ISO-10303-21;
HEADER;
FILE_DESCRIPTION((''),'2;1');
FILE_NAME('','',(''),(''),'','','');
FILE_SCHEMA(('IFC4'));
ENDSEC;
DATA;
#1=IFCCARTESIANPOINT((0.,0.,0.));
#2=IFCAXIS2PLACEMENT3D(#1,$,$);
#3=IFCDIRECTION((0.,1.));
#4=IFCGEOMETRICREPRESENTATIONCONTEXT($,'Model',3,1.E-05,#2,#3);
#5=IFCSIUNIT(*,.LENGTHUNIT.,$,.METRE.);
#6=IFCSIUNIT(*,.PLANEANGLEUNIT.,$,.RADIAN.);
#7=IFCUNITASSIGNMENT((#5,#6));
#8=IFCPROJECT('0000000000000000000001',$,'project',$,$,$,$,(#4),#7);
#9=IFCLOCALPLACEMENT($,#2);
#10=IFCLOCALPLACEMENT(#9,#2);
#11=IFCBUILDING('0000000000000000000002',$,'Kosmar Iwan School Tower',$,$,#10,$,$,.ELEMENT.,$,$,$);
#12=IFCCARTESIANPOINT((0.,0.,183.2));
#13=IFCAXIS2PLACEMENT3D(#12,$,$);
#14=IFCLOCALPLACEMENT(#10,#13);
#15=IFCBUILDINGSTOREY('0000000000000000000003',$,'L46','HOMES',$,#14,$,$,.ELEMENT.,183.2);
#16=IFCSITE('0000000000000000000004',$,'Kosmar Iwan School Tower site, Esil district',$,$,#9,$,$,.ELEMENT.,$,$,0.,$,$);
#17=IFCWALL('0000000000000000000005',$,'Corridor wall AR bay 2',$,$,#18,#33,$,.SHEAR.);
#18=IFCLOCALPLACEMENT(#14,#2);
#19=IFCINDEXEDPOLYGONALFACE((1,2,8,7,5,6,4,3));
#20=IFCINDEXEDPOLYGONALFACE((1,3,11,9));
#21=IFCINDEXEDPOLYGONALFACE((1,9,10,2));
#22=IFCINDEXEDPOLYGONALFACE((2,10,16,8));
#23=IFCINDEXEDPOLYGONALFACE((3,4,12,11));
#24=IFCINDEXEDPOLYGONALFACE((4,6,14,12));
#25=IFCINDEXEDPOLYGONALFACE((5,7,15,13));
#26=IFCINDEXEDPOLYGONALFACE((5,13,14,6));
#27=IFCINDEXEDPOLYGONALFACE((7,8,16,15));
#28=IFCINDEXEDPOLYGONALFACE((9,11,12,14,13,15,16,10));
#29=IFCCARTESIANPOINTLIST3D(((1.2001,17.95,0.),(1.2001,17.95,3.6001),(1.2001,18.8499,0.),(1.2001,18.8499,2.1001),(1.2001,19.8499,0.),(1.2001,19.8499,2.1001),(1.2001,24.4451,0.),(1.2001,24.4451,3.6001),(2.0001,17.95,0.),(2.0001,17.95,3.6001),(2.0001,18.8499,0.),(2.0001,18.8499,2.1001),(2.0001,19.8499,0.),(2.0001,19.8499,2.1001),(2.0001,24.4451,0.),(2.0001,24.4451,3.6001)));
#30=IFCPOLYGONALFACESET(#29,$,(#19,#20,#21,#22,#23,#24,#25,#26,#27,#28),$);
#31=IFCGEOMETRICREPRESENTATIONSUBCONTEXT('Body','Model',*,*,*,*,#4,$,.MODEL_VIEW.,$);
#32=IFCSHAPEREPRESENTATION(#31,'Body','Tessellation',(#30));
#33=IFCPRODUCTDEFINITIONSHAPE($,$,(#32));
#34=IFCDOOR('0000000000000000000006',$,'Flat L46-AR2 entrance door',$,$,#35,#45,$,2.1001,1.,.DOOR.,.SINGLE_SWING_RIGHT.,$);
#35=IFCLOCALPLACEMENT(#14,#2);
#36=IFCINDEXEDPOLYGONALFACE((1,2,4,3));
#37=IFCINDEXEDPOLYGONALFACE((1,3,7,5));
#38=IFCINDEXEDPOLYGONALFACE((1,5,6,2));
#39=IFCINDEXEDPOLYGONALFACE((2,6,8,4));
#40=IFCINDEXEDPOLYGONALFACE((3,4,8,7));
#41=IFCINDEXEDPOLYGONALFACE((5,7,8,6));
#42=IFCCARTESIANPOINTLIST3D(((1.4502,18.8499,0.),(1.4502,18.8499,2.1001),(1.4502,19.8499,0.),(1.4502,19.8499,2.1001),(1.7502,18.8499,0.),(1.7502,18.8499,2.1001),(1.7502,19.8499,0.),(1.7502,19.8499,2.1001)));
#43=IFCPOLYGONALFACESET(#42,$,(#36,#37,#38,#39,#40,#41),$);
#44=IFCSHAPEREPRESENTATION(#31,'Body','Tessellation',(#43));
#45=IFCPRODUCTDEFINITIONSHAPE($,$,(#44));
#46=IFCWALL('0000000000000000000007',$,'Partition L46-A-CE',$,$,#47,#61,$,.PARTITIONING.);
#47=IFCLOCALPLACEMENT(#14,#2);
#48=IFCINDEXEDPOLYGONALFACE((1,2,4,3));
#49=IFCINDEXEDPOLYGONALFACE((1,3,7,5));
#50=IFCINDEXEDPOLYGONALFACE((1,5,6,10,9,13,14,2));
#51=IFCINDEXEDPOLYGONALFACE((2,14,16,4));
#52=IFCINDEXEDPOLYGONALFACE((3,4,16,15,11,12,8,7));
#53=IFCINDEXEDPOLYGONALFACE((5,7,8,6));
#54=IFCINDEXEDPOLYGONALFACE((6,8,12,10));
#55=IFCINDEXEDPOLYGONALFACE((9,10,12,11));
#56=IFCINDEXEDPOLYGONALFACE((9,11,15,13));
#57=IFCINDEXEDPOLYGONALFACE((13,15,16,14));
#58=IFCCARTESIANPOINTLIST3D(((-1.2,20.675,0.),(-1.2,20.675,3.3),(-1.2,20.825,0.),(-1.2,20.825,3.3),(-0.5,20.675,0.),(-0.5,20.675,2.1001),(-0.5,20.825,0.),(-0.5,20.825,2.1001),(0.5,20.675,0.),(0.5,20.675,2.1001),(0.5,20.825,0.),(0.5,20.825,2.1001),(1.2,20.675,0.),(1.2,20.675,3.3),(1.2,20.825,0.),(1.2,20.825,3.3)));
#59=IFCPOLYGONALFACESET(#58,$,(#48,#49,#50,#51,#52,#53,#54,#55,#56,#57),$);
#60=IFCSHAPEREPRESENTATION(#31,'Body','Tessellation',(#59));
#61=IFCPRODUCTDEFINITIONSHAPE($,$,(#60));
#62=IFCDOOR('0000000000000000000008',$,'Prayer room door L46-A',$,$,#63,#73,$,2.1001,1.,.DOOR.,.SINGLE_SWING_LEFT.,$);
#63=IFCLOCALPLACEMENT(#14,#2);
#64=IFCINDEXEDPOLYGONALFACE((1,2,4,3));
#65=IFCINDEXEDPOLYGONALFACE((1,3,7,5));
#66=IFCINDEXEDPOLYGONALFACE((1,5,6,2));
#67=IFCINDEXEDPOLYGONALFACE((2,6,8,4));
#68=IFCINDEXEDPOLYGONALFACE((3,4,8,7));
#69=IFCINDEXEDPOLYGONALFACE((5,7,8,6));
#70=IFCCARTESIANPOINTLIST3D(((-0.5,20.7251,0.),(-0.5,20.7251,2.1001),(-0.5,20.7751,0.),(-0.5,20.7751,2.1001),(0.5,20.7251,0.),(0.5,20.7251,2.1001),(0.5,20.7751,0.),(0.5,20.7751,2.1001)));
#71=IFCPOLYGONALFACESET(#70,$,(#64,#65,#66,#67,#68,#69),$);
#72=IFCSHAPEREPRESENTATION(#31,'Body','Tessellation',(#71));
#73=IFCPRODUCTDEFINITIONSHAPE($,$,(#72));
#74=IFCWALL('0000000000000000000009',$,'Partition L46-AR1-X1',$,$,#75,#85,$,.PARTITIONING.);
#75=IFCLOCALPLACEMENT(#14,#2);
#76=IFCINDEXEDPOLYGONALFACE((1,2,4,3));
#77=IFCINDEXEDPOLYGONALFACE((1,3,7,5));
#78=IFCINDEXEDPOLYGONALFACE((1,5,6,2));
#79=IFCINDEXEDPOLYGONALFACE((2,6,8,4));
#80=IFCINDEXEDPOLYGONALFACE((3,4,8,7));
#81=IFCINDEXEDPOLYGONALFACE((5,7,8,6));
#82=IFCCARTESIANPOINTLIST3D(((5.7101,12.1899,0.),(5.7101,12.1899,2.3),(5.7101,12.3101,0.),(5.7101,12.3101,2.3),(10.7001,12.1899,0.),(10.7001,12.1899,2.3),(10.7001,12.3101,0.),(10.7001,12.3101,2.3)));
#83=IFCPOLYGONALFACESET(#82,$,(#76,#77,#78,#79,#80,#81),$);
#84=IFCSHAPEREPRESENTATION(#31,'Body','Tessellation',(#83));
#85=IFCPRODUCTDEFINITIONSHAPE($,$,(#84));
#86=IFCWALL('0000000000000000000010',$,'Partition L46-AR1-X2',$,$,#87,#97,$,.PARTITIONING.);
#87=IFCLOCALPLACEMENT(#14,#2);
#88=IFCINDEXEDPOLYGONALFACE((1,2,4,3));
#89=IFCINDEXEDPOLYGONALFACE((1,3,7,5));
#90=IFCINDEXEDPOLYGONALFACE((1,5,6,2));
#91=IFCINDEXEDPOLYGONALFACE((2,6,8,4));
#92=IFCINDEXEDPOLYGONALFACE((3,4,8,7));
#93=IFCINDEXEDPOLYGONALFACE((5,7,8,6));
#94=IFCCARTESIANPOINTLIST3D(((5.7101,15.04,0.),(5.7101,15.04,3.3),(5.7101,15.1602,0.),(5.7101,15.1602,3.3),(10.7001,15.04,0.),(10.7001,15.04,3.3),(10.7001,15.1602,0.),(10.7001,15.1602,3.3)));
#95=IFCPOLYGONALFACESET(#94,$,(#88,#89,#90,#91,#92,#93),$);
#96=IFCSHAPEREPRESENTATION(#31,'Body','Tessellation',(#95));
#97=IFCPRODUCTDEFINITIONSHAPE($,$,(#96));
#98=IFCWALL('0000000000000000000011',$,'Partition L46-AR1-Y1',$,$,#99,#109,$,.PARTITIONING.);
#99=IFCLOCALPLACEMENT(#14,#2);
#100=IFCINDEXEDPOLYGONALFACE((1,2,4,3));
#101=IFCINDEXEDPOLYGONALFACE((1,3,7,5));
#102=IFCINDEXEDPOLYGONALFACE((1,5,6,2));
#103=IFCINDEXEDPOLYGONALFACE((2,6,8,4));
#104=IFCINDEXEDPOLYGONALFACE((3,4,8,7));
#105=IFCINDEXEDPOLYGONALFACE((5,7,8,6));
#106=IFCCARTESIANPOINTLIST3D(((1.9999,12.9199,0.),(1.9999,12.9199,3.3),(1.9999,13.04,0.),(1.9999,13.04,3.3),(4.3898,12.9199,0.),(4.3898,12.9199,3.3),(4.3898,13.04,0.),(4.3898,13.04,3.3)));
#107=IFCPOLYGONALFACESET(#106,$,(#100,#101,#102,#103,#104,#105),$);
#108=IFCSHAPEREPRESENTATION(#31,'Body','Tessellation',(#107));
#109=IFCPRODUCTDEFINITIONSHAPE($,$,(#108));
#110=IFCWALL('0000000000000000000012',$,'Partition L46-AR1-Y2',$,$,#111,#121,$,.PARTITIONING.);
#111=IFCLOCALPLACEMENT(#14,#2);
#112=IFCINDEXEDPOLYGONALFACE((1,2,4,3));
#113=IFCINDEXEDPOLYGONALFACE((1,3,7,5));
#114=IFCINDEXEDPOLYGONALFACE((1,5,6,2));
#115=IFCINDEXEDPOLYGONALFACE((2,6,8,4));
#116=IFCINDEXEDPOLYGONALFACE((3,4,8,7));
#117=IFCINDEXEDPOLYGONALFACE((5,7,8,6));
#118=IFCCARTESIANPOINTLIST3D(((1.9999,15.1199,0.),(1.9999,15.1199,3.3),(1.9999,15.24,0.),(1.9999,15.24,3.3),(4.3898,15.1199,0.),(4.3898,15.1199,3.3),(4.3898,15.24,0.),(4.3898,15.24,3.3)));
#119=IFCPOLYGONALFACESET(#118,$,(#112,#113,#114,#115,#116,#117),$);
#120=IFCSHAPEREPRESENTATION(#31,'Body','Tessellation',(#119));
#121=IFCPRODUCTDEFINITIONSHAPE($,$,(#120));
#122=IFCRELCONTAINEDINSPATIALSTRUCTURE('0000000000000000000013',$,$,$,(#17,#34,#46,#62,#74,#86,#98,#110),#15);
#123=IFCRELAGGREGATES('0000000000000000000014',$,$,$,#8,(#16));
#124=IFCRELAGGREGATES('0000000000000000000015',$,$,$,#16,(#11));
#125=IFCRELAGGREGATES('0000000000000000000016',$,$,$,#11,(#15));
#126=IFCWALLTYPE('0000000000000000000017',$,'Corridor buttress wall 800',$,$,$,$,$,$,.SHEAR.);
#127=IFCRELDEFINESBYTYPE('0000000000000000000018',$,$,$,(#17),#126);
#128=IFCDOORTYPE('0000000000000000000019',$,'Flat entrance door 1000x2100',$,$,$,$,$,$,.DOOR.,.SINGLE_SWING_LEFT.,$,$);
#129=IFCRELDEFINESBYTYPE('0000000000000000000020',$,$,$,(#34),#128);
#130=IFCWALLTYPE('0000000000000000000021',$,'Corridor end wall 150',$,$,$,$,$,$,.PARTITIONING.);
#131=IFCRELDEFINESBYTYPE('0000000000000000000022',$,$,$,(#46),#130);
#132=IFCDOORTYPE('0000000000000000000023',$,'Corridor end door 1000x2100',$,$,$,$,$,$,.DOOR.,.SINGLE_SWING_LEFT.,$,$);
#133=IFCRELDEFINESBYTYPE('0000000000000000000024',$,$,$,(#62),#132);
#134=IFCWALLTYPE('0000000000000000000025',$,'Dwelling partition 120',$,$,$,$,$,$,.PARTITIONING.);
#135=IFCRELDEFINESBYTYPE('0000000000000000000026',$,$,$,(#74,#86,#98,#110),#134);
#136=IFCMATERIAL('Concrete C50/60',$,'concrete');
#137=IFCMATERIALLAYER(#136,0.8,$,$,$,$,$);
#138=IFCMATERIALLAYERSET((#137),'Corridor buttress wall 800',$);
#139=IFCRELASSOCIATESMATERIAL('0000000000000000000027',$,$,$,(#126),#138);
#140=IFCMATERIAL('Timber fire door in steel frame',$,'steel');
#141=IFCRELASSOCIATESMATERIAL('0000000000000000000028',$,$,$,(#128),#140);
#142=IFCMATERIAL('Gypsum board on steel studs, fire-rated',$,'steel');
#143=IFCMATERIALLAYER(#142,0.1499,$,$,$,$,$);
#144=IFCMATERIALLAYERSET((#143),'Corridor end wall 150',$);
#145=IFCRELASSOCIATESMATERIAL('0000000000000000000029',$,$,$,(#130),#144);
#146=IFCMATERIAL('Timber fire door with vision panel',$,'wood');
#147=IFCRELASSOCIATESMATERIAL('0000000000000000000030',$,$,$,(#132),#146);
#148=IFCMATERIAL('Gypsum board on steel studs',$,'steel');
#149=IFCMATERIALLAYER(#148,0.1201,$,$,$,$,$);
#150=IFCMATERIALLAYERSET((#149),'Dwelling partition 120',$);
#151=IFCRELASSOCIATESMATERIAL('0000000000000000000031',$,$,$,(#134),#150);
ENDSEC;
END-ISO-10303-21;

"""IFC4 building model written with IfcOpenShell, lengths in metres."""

from ifc_helpers import new_model, si_unit, direction, frame, frame_2d, origin, place, context, subcontext, project, spatial, rectangle, extrude, material, layer, layer_set, type_object, element, fill, save


model = new_model("IFC4")

# Units and contexts
model_context = context("Model", 3, precision=1e-05, world=origin(), true_north=direction((0.0, 1.0)))
body_context = subcontext(model_context, "Body", "Model", "MODEL_VIEW")
ifc_project = project(units=[si_unit("LENGTHUNIT", "METRE"), si_unit("PLANEANGLEUNIT", "RADIAN")], contexts=[model_context])

# Site, building, storey
site_placement = place(None, origin())
site = spatial("IfcSite", under=ifc_project, at=site_placement, Name="Kosmar Iwan School Tower site, Esil district", CompositionType="ELEMENT", RefElevation=0.0)
building_placement = place(site_placement, origin())
building = spatial("IfcBuilding", under=site, at=building_placement, Name="Kosmar Iwan School Tower", CompositionType="ELEMENT")
storey_placement = place(building_placement, frame((0.0, 0.0, 183.2)))
storey = spatial("IfcBuildingStorey", under=building, at=storey_placement, Name="L46", Description="HOMES", CompositionType="ELEMENT", Elevation=183.2)

# Walls, openings, doors
ifc_material_1 = material(Name="Concrete C50/60", Category="concrete")
ifc_layer_1 = layer(ifc_material_1, 0.8)
ifc_layer_set_1 = layer_set([ifc_layer_1], Name="Corridor buttress wall 800")
wall_type_1 = type_object("IfcWallType", Name="Corridor buttress wall 800", PredefinedType="SHEAR", material=ifc_layer_set_1)
wall_1_placement = place(storey_placement, frame((1.6001, 17.95, 0.0), z_axis=(0.0, 0.0, 1.0), x_axis=(0.0, 1.0, 0.0)))
wall_1 = element("IfcWall", 1, at=wall_1_placement, inside=storey, type_object=wall_type_1, Name="Corridor wall AR bay 2", PredefinedType="SHEAR", context=body_context, shape_type="SweptSolid", body=[
    extrude(rectangle(XDim=6.4951, YDim=0.8, at=frame_2d((3.2476, 0.0))), origin(), (0.0, 0.0, 1.0), 3.6001),
])
opening_1_placement = place(wall_1_placement, frame((0.8999, 0.0, 0.0)))
opening_1 = element("IfcOpeningElement", 2, at=opening_1_placement, cuts=wall_1, PredefinedType="OPENING", context=body_context, shape_type="SweptSolid", body=[
    extrude(rectangle(XDim=1.0, YDim=2.1001, at=frame_2d((0.5, 1.05))), frame((0.0, 0.4121, 0.0), z_axis=(0.0, -1.0, 0.0), x_axis=(1.0, 0.0, 0.0)), (0.0, 0.0, 1.0), 0.824),
])
ifc_material_2 = material(Name="Timber fire door in steel frame", Category="steel")
door_type_1 = type_object("IfcDoorType", Name="Flat entrance door 1000x2100", OperationType="SINGLE_SWING_LEFT", PredefinedType="DOOR", material=ifc_material_2)
door_1_placement = place(opening_1_placement, origin())
door_1 = element("IfcDoor", 3, at=door_1_placement, inside=storey, type_object=door_type_1, Name="Flat L46-AR2 entrance door", OperationType="SINGLE_SWING_RIGHT", OverallHeight=2.1001, OverallWidth=1.0, PredefinedType="DOOR", context=body_context, shape_type="SweptSolid", body=[
    extrude(rectangle(XDim=1.0, YDim=2.1001, at=frame_2d((0.5, 1.05))), frame((0.0, 0.1499, 0.0), z_axis=(0.0, -1.0, 0.0), x_axis=(1.0, 0.0, 0.0)), (0.0, 0.0, 1.0), 0.3),
])
fill(opening_1, door_1)
ifc_material_3 = material(Name="Gypsum board on steel studs, fire-rated", Category="steel")
ifc_layer_2 = layer(ifc_material_3, 0.1499)
ifc_layer_set_2 = layer_set([ifc_layer_2], Name="Corridor end wall 150")
wall_type_2 = type_object("IfcWallType", Name="Corridor end wall 150", PredefinedType="PARTITIONING", material=ifc_layer_set_2)
wall_2_placement = place(storey_placement, frame((1.2, 20.75, 0.0), z_axis=(0.0, 0.0, 1.0), x_axis=(-1.0, 0.0, 0.0)))
wall_2 = element("IfcWall", 4, at=wall_2_placement, inside=storey, type_object=wall_type_2, Name="Partition L46-A-CE", PredefinedType="PARTITIONING", context=body_context, shape_type="SweptSolid", body=[
    extrude(rectangle(XDim=2.3999, YDim=0.1499, at=frame_2d((1.2, 0.0))), origin(), (0.0, 0.0, 1.0), 3.3),
])
opening_2_placement = place(wall_2_placement, frame((0.7, 0.0, 0.0)))
opening_2 = element("IfcOpeningElement", 5, at=opening_2_placement, cuts=wall_2, PredefinedType="OPENING", context=body_context, shape_type="SweptSolid", body=[
    extrude(rectangle(XDim=1.0, YDim=2.1001, at=frame_2d((0.5, 1.05))), frame((0.0, 0.0869, 0.0), z_axis=(0.0, -1.0, 0.0), x_axis=(1.0, 0.0, 0.0)), (0.0, 0.0, 1.0), 0.1738),
])
ifc_material_4 = material(Name="Timber fire door with vision panel", Category="wood")
door_type_2 = type_object("IfcDoorType", Name="Corridor end door 1000x2100", OperationType="SINGLE_SWING_LEFT", PredefinedType="DOOR", material=ifc_material_4)
door_2_placement = place(opening_2_placement, origin())
door_2 = element("IfcDoor", 6, at=door_2_placement, inside=storey, type_object=door_type_2, Name="Prayer room door L46-A", OperationType="SINGLE_SWING_LEFT", OverallHeight=2.1001, OverallWidth=1.0, PredefinedType="DOOR", context=body_context, shape_type="SweptSolid", body=[
    extrude(rectangle(XDim=1.0, YDim=2.1001, at=frame_2d((0.5, 1.05))), frame((0.0, 0.0249, 0.0), z_axis=(0.0, -1.0, 0.0), x_axis=(1.0, 0.0, 0.0)), (0.0, 0.0, 1.0), 0.05),
])
fill(opening_2, door_2)

# Walls
ifc_material_5 = material(Name="Gypsum board on steel studs", Category="steel")
ifc_layer_3 = layer(ifc_material_5, 0.1201)
ifc_layer_set_3 = layer_set([ifc_layer_3], Name="Dwelling partition 120")
wall_type_3 = type_object("IfcWallType", Name="Dwelling partition 120", PredefinedType="PARTITIONING", material=ifc_layer_set_3)
wall_3_placement = place(storey_placement, frame((5.71, 12.25, 0.0), z_axis=(0.0, 0.0, 1.0), x_axis=(1.0, 0.0, 0.0)))
element("IfcWall", 7, at=wall_3_placement, inside=storey, type_object=wall_type_3, Name="Partition L46-AR1-X1", PredefinedType="PARTITIONING", context=body_context, shape_type="SweptSolid", body=[
    extrude(rectangle(XDim=4.99, YDim=0.1201, at=frame_2d((2.4951, 0.0))), origin(), (0.0, 0.0, 1.0), 2.3),
])
wall_4_placement = place(storey_placement, frame((5.71, 15.1001, 0.0), z_axis=(0.0, 0.0, 1.0), x_axis=(1.0, 0.0, 0.0)))
element("IfcWall", 8, at=wall_4_placement, inside=storey, type_object=wall_type_3, Name="Partition L46-AR1-X2", PredefinedType="PARTITIONING", context=body_context, shape_type="SweptSolid", body=[
    extrude(rectangle(XDim=4.99, YDim=0.1201, at=frame_2d((2.4951, 0.0))), origin(), (0.0, 0.0, 1.0), 3.3),
])
for number, where, z_axis, x_axis, name in (
    (9, (2.0, 12.98, 0.0), (0.0, 0.0, 1.0), (1.0, 0.0, 0.0), "Partition L46-AR1-Y1"),
    (10, (2.0, 15.1799, 0.0), (0.0, 0.0, 1.0), (1.0, 0.0, 0.0), "Partition L46-AR1-Y2"),
):
    element("IfcWall", number, at=place(storey_placement, frame(where, z_axis=z_axis, x_axis=x_axis)), inside=storey, type_object=wall_type_3, Name=name, PredefinedType="PARTITIONING", context=body_context, shape_type="SweptSolid", body=[
        extrude(rectangle(XDim=2.3899, YDim=0.1201, at=frame_2d((1.1948, 0.0))), origin(), (0.0, 0.0, 1.0), 3.3),
    ])

save(model, "model.ifc")
